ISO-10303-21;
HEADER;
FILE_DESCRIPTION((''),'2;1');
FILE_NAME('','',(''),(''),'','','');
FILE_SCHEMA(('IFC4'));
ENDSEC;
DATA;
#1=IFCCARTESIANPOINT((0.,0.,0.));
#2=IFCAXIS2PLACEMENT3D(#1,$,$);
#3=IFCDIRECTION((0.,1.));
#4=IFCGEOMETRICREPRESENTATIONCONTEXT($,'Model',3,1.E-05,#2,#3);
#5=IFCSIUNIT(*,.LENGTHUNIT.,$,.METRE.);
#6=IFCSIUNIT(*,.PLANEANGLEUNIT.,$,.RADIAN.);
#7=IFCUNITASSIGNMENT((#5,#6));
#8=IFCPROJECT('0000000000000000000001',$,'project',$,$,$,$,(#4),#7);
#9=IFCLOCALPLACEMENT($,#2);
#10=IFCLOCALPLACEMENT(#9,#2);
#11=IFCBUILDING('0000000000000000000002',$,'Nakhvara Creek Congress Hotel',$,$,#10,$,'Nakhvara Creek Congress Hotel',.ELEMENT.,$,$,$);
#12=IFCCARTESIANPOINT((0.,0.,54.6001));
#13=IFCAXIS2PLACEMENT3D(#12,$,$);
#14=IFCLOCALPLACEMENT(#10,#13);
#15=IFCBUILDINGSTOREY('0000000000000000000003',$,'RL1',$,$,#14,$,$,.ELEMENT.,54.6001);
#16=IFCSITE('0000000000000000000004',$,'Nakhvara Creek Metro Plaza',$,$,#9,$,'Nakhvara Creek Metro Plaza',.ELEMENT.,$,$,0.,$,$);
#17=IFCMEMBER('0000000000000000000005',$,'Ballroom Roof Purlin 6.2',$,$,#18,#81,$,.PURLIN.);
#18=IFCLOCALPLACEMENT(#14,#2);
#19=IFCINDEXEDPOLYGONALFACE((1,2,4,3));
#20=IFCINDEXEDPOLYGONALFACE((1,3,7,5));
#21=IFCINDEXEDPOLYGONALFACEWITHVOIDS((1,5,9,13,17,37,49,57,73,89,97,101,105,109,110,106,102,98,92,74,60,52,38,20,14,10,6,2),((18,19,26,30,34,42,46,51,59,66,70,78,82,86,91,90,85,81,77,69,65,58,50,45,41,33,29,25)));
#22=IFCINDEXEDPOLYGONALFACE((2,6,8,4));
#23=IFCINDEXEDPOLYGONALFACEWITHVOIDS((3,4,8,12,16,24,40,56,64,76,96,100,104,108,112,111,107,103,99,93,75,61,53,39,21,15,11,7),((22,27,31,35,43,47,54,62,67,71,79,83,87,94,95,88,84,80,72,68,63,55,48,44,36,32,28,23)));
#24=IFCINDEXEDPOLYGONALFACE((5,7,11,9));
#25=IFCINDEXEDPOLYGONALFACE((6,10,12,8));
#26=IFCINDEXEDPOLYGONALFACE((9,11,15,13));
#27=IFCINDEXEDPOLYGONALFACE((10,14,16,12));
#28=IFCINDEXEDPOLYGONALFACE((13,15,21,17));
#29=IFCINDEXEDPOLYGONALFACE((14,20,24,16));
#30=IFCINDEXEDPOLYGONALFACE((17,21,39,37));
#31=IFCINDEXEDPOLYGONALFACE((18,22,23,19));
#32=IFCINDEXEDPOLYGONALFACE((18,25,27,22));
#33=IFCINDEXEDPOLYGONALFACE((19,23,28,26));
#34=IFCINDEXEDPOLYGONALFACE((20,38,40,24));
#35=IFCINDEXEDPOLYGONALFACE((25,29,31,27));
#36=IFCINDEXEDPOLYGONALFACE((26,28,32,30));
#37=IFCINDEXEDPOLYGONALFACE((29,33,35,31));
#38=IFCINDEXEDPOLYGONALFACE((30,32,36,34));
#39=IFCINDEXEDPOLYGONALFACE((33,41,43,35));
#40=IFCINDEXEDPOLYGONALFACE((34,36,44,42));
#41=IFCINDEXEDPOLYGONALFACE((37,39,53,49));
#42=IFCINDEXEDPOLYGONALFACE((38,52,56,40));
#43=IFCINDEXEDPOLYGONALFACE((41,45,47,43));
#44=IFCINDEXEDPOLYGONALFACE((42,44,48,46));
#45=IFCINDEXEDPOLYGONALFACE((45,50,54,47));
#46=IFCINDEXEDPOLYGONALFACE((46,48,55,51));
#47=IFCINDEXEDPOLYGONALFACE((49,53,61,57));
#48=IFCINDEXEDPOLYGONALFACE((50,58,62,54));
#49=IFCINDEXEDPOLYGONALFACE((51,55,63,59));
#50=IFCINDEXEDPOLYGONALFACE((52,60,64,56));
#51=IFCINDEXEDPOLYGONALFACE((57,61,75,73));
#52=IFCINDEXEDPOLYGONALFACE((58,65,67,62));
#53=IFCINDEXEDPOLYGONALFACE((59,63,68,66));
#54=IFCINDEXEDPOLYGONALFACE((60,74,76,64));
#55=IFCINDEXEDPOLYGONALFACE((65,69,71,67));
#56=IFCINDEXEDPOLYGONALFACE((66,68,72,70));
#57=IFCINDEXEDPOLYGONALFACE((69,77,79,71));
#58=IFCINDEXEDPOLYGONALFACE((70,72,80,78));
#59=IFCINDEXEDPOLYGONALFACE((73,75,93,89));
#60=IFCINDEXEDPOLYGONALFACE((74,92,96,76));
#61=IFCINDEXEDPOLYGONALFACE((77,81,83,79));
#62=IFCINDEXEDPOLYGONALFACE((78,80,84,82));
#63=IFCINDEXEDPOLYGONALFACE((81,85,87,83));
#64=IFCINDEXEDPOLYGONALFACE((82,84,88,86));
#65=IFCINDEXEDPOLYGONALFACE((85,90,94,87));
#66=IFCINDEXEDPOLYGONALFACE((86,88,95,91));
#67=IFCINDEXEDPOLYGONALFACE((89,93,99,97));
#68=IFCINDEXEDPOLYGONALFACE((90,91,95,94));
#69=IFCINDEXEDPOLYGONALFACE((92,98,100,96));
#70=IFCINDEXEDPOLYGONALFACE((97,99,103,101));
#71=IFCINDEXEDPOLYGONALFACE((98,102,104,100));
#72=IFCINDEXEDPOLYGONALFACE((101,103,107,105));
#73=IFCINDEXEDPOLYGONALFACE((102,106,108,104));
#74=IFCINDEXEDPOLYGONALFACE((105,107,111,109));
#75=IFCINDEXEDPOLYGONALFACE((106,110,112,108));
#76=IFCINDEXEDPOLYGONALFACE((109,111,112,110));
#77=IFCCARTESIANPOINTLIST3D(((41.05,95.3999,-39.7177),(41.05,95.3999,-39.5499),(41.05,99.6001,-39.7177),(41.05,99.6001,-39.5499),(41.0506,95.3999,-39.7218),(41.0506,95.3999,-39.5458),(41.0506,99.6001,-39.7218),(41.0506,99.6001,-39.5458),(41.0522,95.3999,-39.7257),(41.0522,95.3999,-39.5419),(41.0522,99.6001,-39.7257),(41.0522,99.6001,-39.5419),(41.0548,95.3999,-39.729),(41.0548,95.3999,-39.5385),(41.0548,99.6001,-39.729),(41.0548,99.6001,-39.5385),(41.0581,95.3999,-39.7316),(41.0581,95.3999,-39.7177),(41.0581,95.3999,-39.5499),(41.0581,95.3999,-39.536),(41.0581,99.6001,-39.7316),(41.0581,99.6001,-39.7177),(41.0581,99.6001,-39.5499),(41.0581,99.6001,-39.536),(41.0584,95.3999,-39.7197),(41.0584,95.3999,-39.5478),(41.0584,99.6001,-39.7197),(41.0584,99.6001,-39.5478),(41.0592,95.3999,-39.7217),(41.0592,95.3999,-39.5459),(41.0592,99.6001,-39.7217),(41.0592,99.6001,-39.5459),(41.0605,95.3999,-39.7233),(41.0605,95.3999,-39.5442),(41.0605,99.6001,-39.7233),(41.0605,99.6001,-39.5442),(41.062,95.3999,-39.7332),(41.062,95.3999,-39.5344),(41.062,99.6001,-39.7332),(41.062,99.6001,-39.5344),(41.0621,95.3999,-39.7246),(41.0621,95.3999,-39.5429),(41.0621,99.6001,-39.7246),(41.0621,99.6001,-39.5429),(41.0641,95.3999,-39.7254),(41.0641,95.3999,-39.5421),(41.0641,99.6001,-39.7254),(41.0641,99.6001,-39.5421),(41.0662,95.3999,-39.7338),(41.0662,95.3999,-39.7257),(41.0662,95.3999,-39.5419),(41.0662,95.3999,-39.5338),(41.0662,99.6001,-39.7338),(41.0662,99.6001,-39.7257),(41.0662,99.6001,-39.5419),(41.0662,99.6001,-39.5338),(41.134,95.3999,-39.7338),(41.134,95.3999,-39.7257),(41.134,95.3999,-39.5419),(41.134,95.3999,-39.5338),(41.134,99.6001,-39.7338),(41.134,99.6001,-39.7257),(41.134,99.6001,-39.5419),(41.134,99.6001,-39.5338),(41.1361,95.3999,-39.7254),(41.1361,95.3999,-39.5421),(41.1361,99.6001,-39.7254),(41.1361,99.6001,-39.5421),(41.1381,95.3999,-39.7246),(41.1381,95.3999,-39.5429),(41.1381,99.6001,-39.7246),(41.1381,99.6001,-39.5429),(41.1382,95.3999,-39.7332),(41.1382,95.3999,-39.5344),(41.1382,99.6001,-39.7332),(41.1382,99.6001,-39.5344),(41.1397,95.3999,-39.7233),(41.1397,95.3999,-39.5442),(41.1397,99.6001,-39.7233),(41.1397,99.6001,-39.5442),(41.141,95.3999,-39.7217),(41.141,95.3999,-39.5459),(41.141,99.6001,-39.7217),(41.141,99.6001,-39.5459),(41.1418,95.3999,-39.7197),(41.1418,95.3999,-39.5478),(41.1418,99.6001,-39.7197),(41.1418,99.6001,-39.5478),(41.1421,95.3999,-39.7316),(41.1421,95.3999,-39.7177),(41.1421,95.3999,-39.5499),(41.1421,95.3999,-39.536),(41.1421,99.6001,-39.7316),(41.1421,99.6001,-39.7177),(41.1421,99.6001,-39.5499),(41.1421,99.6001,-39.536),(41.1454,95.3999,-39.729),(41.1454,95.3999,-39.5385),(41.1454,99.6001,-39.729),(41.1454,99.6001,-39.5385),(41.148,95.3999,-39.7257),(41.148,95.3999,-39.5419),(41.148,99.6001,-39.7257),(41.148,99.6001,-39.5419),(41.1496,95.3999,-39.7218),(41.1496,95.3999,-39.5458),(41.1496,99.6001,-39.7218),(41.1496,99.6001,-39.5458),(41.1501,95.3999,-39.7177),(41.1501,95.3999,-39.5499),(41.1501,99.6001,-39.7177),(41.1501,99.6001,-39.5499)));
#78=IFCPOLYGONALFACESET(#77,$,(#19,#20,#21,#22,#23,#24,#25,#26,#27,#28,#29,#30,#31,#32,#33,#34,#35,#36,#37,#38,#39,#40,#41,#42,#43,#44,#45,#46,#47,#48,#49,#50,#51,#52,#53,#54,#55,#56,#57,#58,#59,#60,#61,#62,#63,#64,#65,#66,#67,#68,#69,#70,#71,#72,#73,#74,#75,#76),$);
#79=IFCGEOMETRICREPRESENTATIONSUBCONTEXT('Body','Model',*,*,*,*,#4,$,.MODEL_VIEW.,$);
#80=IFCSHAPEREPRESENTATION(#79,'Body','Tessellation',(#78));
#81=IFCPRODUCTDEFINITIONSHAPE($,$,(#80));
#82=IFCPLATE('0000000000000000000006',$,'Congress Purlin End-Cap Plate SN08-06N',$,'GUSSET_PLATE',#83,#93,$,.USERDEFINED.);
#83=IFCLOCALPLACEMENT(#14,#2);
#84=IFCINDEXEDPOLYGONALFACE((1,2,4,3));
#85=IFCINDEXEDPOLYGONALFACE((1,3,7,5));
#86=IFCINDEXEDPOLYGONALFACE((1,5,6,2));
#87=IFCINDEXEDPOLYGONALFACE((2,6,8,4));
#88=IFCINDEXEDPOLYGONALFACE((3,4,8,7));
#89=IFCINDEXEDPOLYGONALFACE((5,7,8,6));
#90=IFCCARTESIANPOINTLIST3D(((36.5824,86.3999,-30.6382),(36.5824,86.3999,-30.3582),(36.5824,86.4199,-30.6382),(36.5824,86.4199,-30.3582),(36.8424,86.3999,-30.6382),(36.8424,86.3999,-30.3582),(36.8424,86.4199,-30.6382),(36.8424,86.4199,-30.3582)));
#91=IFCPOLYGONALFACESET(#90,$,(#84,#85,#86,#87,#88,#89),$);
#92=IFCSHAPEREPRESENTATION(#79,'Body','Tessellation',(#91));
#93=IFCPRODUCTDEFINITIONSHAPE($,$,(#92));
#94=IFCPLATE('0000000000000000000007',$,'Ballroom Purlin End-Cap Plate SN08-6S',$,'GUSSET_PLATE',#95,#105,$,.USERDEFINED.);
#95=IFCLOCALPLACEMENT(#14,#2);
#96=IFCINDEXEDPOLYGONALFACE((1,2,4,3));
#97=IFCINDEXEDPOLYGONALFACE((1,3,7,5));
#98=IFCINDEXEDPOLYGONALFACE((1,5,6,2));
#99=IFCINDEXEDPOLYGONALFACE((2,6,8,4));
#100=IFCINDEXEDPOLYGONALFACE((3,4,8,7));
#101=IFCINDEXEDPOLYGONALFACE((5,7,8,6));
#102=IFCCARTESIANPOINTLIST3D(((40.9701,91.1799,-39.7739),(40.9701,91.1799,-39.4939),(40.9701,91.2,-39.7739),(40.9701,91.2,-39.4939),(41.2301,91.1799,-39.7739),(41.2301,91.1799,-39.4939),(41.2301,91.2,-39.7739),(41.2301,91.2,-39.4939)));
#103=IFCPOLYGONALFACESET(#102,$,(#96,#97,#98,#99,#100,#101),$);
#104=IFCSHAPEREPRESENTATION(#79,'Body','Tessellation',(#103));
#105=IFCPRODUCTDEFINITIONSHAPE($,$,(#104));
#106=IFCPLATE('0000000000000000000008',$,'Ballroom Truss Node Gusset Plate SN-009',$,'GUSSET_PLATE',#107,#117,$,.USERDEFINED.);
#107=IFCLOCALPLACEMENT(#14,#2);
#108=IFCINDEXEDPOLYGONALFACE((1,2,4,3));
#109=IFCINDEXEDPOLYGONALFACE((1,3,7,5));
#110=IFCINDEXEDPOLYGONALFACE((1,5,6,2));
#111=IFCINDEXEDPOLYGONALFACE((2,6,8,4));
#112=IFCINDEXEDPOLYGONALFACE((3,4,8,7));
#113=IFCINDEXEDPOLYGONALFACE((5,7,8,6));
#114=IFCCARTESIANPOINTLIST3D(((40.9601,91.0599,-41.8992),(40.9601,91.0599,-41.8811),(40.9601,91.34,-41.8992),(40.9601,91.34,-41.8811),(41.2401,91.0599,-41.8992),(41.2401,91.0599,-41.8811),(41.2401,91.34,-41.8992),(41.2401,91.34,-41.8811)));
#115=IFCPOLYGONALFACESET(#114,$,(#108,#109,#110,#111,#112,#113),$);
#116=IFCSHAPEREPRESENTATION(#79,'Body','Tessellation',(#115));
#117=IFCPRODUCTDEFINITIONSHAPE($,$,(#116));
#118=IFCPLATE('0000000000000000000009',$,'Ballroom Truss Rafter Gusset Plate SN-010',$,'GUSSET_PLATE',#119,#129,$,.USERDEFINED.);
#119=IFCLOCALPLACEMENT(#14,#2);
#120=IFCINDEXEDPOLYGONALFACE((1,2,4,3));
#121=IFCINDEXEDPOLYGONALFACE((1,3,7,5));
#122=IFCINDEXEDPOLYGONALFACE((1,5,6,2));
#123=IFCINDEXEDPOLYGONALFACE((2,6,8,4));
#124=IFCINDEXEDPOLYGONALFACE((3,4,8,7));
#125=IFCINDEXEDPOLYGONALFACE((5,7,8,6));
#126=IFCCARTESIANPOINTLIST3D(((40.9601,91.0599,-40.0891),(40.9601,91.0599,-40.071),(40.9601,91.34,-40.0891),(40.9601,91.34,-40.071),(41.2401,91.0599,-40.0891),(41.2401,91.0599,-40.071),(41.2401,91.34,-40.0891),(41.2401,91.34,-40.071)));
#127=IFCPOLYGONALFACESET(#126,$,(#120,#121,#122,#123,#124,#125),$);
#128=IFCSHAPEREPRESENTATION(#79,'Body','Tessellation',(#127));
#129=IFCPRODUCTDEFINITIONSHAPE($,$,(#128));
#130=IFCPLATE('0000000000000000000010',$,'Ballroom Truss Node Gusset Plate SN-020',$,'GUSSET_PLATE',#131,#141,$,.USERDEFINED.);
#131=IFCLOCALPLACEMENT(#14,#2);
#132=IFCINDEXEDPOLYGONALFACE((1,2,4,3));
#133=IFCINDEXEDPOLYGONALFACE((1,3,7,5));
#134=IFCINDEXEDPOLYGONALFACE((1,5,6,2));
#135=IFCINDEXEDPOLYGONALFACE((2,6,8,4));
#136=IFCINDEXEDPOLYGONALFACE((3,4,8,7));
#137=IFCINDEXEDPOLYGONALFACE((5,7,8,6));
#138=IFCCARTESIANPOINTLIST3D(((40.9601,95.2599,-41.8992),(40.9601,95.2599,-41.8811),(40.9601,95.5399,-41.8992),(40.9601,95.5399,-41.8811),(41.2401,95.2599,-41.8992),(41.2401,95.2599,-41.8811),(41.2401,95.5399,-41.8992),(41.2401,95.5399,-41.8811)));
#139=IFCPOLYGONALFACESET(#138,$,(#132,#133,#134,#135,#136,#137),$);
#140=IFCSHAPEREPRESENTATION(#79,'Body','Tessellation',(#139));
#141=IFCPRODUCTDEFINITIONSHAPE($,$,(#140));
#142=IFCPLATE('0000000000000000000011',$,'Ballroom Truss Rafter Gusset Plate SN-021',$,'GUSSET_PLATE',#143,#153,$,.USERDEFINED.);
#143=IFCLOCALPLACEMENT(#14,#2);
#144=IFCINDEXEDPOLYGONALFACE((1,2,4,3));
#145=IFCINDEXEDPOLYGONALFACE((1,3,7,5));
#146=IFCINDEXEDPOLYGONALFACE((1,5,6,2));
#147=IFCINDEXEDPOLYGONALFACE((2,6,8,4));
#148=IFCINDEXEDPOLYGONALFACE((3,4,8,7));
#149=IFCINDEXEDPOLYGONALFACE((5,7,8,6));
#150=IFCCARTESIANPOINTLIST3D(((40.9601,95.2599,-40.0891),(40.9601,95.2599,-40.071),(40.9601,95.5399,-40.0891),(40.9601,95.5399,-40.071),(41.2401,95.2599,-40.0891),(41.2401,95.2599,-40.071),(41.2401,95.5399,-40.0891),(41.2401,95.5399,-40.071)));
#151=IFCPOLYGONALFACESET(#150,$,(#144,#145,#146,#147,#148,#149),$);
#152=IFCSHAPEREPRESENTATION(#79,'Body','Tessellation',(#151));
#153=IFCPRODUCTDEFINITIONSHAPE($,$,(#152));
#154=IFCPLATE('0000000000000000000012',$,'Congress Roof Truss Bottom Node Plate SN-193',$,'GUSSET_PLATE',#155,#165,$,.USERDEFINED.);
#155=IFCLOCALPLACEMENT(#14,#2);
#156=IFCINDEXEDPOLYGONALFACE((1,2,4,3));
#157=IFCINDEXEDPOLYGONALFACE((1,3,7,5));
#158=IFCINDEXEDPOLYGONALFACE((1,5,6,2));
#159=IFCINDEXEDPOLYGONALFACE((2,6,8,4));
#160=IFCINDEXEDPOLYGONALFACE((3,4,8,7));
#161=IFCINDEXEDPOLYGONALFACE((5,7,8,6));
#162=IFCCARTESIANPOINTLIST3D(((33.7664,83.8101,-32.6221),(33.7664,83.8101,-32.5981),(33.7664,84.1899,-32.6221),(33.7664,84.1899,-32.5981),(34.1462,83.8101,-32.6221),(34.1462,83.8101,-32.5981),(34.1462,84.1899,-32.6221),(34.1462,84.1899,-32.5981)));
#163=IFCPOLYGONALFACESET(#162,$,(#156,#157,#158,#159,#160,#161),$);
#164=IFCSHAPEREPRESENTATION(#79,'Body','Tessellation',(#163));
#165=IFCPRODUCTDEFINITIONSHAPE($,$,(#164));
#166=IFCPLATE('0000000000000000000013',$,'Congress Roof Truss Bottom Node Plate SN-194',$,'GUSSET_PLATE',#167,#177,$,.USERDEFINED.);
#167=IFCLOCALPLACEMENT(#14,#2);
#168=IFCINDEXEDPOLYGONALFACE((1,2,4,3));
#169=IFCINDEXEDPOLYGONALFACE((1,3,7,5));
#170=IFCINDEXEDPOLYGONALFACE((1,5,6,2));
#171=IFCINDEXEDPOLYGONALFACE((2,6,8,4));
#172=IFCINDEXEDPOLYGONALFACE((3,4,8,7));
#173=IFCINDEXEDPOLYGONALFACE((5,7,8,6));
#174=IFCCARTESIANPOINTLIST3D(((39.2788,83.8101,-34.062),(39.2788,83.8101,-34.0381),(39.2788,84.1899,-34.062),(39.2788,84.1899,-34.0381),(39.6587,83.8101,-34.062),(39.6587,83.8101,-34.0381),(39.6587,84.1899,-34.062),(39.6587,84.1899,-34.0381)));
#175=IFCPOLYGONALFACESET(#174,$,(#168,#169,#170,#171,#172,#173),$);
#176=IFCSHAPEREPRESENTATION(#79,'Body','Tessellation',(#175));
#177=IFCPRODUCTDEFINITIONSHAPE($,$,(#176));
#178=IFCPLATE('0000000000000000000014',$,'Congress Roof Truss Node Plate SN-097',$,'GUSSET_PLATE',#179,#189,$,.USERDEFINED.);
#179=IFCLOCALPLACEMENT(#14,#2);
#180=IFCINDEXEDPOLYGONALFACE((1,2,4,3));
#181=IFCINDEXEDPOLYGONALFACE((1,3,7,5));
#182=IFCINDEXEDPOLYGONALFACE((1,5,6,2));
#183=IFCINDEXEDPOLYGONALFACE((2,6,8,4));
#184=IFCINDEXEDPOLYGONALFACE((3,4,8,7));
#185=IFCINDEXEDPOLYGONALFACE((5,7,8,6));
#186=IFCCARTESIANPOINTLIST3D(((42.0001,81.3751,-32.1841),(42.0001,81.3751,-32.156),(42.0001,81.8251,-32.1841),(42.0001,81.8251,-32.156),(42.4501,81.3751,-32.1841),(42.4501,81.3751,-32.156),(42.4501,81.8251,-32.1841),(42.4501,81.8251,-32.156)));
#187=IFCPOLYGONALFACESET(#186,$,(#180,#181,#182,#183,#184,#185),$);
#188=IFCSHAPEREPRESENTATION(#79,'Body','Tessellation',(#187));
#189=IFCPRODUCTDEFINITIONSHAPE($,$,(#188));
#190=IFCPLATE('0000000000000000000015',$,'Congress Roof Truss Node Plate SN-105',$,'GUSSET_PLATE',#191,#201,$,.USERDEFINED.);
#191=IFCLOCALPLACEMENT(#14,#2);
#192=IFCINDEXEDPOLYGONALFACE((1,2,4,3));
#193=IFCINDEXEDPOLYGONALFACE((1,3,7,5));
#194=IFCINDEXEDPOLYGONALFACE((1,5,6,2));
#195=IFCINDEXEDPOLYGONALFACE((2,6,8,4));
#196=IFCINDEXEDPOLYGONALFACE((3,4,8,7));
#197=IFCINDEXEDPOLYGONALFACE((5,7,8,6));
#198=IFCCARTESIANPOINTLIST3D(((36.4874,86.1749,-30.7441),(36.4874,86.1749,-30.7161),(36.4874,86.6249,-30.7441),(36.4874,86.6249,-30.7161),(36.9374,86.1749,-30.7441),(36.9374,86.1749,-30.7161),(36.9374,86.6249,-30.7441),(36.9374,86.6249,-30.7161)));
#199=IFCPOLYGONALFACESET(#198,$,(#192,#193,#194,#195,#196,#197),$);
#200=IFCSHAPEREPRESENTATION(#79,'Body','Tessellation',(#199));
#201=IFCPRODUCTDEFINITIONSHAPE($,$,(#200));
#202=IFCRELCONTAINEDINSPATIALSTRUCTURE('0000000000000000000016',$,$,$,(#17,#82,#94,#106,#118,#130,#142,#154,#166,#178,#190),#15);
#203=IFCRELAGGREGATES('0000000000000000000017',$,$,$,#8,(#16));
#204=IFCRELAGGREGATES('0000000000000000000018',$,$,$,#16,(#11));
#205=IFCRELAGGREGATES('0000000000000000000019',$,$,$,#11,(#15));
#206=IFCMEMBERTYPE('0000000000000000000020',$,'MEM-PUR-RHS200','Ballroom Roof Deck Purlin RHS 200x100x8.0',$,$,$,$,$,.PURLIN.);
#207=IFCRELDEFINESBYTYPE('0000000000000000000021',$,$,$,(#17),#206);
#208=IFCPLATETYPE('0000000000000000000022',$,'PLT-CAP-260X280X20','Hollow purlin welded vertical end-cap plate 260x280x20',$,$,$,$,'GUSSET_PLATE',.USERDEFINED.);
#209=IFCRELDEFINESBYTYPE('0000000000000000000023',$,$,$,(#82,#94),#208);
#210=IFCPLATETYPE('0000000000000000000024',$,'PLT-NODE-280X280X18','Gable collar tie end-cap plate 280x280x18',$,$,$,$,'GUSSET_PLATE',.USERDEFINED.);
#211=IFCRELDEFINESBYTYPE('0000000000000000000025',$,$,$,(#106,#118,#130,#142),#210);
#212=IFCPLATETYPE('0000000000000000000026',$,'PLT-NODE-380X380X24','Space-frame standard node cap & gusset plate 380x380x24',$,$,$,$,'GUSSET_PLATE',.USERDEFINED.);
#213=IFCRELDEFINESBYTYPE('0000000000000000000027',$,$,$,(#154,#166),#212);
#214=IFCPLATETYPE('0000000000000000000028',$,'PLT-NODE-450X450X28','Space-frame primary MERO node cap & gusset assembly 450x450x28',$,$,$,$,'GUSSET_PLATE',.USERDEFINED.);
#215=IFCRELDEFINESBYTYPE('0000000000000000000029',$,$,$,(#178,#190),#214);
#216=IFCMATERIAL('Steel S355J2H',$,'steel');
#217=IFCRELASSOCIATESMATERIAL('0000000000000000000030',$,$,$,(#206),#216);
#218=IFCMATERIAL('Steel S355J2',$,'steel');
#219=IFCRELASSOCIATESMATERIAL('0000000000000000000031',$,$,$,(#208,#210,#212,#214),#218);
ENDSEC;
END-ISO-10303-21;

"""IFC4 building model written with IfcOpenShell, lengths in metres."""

from ifc_helpers import new_model, si_unit, direction, frame, origin, origin_2d, place, context, subcontext, project, spatial, rectangle, hollow_rectangle, extrude, material, material_profile, profile_set, type_object, element, save


model = new_model("IFC4")

# Units and contexts
model_context = context("Model", 3, precision=1e-05, world=origin(), true_north=direction((0.0, 1.0)))
body_context = subcontext(model_context, "Body", "Model", "MODEL_VIEW")
ifc_project = project(units=[si_unit("LENGTHUNIT", "METRE"), si_unit("PLANEANGLEUNIT", "RADIAN")], contexts=[model_context])

# Site, building, storey
site_placement = place(None, origin())
site = spatial("IfcSite", under=ifc_project, at=site_placement, Name="Nakhvara Creek Metro Plaza", LongName="Nakhvara Creek Metro Plaza", CompositionType="ELEMENT", RefElevation=0.0)
building_placement = place(site_placement, origin())
building = spatial("IfcBuilding", under=site, at=building_placement, Name="Nakhvara Creek Congress Hotel", LongName="Nakhvara Creek Congress Hotel", CompositionType="ELEMENT")
storey_placement = place(building_placement, frame((0.0, 0.0, 54.6001)))
storey = spatial("IfcBuildingStorey", under=building, at=storey_placement, Name="RL1", CompositionType="ELEMENT", Elevation=54.6001)

# Member
ifc_material_1 = material(Name="Steel S355J2H", Category="steel")
ifc_material_profile_1 = material_profile(ifc_material_1, hollow_rectangle(XDim=0.1001, YDim=0.2, WallThickness=0.0081, InnerFilletRadius=0.0081, OuterFilletRadius=0.0161, at=origin_2d()), Name="RHS 200x100x8.0", Category="LoadBearing")
ifc_profile_set_1 = profile_set([ifc_material_profile_1], Name="Steel S355J2H")
member_type_1 = type_object("IfcMemberType", Name="MEM-PUR-RHS200", Description="Ballroom Roof Deck Purlin RHS 200x100x8.0", PredefinedType="PURLIN", material=ifc_profile_set_1)
member_1_placement = place(storey_placement, frame((41.1001, 95.3999, -39.6338), z_axis=(0.0, 1.0, 0.0), x_axis=(-1.0, 0.0, 0.0)))
element("IfcMember", 1, at=member_1_placement, inside=storey, type_object=member_type_1, Name="Ballroom Roof Purlin 6.2", PredefinedType="PURLIN", context=body_context, shape_type="SweptSolid", body=[
    extrude(hollow_rectangle(XDim=0.1001, YDim=0.2, WallThickness=0.0081, InnerFilletRadius=0.0081, OuterFilletRadius=0.0161, at=origin_2d()), origin(), (0.0, 0.0, 1.0), 4.2002),
])

# Plates
ifc_material_2 = material(Name="Steel S355J2", Category="steel")
plate_type_1 = type_object("IfcPlateType", Name="PLT-CAP-260X280X20", Description="Hollow purlin welded vertical end-cap plate 260x280x20", ElementType="GUSSET_PLATE", PredefinedType="USERDEFINED", material=ifc_material_2)
for number, where, z_axis, x_axis, name in (
    (2, (36.7124, 86.4099, -30.6382), (0.0, 0.0, 1.0), (1.0, 0.0, 0.0), "Congress Purlin End-Cap Plate SN08-06N"),
    (3, (41.1001, 91.1899, -39.7739), (0.0, 0.0, 1.0), (1.0, 0.0, 0.0), "Ballroom Purlin End-Cap Plate SN08-6S"),
):
    element("IfcPlate", number, at=place(storey_placement, frame(where, z_axis=z_axis, x_axis=x_axis)), inside=storey, type_object=plate_type_1, Name=name, ObjectType="GUSSET_PLATE", PredefinedType="USERDEFINED", context=body_context, shape_type="SweptSolid", body=[
        extrude(rectangle(XDim=0.26, YDim=0.02, at=origin_2d()), origin(), (0.0, 0.0, 1.0), 0.28),
    ])
plate_type_2 = type_object("IfcPlateType", Name="PLT-NODE-280X280X18", Description="Gable collar tie end-cap plate 280x280x18", ElementType="GUSSET_PLATE", PredefinedType="USERDEFINED", material=ifc_material_2)
for number, where, z_axis, x_axis, name in (
    (4, (41.1001, 91.2, -41.8992), (0.0, 0.0, 1.0), (1.0, 0.0, 0.0), "Ballroom Truss Node Gusset Plate SN-009"),
    (5, (41.1001, 91.2, -40.0891), (0.0, 0.0, 1.0), (1.0, 0.0, 0.0), "Ballroom Truss Rafter Gusset Plate SN-010"),
    (6, (41.1001, 95.3999, -41.8992), (0.0, 0.0, 1.0), (1.0, 0.0, 0.0), "Ballroom Truss Node Gusset Plate SN-020"),
    (7, (41.1001, 95.3999, -40.0891), (0.0, 0.0, 1.0), (1.0, 0.0, 0.0), "Ballroom Truss Rafter Gusset Plate SN-021"),
):
    element("IfcPlate", number, at=place(storey_placement, frame(where, z_axis=z_axis, x_axis=x_axis)), inside=storey, type_object=plate_type_2, Name=name, ObjectType="GUSSET_PLATE", PredefinedType="USERDEFINED", context=body_context, shape_type="SweptSolid", body=[
        extrude(rectangle(XDim=0.28, YDim=0.28, at=origin_2d()), origin(), (0.0, 0.0, 1.0), 0.0181),
    ])
plate_type_3 = type_object("IfcPlateType", Name="PLT-NODE-380X380X24", Description="Space-frame standard node cap & gusset plate 380x380x24", ElementType="GUSSET_PLATE", PredefinedType="USERDEFINED", material=ifc_material_2)
for number, where, z_axis, x_axis, name in (
    (8, (33.9563, 84.0, -32.6221), (0.0, 0.0, 1.0), (1.0, 0.0, 0.0), "Congress Roof Truss Bottom Node Plate SN-193"),
    (9, (39.4688, 84.0, -34.062), (0.0, 0.0, 1.0), (1.0, 0.0, 0.0), "Congress Roof Truss Bottom Node Plate SN-194"),
):
    element("IfcPlate", number, at=place(storey_placement, frame(where, z_axis=z_axis, x_axis=x_axis)), inside=storey, type_object=plate_type_3, Name=name, ObjectType="GUSSET_PLATE", PredefinedType="USERDEFINED", context=body_context, shape_type="SweptSolid", body=[
        extrude(rectangle(XDim=0.3799, YDim=0.3799, at=origin_2d()), origin(), (0.0, 0.0, 1.0), 0.0239),
    ])
plate_type_4 = type_object("IfcPlateType", Name="PLT-NODE-450X450X28", Description="Space-frame primary MERO node cap & gusset assembly 450x450x28", ElementType="GUSSET_PLATE", PredefinedType="USERDEFINED", material=ifc_material_2)
for number, where, z_axis, x_axis, name in (
    (10, (42.2251, 81.6001, -32.1841), (0.0, 0.0, 1.0), (1.0, 0.0, 0.0), "Congress Roof Truss Node Plate SN-097"),
    (11, (36.7124, 86.3999, -30.7441), (0.0, 0.0, 1.0), (1.0, 0.0, 0.0), "Congress Roof Truss Node Plate SN-105"),
):
    element("IfcPlate", number, at=place(storey_placement, frame(where, z_axis=z_axis, x_axis=x_axis)), inside=storey, type_object=plate_type_4, Name=name, ObjectType="GUSSET_PLATE", PredefinedType="USERDEFINED", context=body_context, shape_type="SweptSolid", body=[
        extrude(rectangle(XDim=0.45, YDim=0.45, at=origin_2d()), origin(), (0.0, 0.0, 1.0), 0.0281),
    ])

save(model, "model.ifc")
